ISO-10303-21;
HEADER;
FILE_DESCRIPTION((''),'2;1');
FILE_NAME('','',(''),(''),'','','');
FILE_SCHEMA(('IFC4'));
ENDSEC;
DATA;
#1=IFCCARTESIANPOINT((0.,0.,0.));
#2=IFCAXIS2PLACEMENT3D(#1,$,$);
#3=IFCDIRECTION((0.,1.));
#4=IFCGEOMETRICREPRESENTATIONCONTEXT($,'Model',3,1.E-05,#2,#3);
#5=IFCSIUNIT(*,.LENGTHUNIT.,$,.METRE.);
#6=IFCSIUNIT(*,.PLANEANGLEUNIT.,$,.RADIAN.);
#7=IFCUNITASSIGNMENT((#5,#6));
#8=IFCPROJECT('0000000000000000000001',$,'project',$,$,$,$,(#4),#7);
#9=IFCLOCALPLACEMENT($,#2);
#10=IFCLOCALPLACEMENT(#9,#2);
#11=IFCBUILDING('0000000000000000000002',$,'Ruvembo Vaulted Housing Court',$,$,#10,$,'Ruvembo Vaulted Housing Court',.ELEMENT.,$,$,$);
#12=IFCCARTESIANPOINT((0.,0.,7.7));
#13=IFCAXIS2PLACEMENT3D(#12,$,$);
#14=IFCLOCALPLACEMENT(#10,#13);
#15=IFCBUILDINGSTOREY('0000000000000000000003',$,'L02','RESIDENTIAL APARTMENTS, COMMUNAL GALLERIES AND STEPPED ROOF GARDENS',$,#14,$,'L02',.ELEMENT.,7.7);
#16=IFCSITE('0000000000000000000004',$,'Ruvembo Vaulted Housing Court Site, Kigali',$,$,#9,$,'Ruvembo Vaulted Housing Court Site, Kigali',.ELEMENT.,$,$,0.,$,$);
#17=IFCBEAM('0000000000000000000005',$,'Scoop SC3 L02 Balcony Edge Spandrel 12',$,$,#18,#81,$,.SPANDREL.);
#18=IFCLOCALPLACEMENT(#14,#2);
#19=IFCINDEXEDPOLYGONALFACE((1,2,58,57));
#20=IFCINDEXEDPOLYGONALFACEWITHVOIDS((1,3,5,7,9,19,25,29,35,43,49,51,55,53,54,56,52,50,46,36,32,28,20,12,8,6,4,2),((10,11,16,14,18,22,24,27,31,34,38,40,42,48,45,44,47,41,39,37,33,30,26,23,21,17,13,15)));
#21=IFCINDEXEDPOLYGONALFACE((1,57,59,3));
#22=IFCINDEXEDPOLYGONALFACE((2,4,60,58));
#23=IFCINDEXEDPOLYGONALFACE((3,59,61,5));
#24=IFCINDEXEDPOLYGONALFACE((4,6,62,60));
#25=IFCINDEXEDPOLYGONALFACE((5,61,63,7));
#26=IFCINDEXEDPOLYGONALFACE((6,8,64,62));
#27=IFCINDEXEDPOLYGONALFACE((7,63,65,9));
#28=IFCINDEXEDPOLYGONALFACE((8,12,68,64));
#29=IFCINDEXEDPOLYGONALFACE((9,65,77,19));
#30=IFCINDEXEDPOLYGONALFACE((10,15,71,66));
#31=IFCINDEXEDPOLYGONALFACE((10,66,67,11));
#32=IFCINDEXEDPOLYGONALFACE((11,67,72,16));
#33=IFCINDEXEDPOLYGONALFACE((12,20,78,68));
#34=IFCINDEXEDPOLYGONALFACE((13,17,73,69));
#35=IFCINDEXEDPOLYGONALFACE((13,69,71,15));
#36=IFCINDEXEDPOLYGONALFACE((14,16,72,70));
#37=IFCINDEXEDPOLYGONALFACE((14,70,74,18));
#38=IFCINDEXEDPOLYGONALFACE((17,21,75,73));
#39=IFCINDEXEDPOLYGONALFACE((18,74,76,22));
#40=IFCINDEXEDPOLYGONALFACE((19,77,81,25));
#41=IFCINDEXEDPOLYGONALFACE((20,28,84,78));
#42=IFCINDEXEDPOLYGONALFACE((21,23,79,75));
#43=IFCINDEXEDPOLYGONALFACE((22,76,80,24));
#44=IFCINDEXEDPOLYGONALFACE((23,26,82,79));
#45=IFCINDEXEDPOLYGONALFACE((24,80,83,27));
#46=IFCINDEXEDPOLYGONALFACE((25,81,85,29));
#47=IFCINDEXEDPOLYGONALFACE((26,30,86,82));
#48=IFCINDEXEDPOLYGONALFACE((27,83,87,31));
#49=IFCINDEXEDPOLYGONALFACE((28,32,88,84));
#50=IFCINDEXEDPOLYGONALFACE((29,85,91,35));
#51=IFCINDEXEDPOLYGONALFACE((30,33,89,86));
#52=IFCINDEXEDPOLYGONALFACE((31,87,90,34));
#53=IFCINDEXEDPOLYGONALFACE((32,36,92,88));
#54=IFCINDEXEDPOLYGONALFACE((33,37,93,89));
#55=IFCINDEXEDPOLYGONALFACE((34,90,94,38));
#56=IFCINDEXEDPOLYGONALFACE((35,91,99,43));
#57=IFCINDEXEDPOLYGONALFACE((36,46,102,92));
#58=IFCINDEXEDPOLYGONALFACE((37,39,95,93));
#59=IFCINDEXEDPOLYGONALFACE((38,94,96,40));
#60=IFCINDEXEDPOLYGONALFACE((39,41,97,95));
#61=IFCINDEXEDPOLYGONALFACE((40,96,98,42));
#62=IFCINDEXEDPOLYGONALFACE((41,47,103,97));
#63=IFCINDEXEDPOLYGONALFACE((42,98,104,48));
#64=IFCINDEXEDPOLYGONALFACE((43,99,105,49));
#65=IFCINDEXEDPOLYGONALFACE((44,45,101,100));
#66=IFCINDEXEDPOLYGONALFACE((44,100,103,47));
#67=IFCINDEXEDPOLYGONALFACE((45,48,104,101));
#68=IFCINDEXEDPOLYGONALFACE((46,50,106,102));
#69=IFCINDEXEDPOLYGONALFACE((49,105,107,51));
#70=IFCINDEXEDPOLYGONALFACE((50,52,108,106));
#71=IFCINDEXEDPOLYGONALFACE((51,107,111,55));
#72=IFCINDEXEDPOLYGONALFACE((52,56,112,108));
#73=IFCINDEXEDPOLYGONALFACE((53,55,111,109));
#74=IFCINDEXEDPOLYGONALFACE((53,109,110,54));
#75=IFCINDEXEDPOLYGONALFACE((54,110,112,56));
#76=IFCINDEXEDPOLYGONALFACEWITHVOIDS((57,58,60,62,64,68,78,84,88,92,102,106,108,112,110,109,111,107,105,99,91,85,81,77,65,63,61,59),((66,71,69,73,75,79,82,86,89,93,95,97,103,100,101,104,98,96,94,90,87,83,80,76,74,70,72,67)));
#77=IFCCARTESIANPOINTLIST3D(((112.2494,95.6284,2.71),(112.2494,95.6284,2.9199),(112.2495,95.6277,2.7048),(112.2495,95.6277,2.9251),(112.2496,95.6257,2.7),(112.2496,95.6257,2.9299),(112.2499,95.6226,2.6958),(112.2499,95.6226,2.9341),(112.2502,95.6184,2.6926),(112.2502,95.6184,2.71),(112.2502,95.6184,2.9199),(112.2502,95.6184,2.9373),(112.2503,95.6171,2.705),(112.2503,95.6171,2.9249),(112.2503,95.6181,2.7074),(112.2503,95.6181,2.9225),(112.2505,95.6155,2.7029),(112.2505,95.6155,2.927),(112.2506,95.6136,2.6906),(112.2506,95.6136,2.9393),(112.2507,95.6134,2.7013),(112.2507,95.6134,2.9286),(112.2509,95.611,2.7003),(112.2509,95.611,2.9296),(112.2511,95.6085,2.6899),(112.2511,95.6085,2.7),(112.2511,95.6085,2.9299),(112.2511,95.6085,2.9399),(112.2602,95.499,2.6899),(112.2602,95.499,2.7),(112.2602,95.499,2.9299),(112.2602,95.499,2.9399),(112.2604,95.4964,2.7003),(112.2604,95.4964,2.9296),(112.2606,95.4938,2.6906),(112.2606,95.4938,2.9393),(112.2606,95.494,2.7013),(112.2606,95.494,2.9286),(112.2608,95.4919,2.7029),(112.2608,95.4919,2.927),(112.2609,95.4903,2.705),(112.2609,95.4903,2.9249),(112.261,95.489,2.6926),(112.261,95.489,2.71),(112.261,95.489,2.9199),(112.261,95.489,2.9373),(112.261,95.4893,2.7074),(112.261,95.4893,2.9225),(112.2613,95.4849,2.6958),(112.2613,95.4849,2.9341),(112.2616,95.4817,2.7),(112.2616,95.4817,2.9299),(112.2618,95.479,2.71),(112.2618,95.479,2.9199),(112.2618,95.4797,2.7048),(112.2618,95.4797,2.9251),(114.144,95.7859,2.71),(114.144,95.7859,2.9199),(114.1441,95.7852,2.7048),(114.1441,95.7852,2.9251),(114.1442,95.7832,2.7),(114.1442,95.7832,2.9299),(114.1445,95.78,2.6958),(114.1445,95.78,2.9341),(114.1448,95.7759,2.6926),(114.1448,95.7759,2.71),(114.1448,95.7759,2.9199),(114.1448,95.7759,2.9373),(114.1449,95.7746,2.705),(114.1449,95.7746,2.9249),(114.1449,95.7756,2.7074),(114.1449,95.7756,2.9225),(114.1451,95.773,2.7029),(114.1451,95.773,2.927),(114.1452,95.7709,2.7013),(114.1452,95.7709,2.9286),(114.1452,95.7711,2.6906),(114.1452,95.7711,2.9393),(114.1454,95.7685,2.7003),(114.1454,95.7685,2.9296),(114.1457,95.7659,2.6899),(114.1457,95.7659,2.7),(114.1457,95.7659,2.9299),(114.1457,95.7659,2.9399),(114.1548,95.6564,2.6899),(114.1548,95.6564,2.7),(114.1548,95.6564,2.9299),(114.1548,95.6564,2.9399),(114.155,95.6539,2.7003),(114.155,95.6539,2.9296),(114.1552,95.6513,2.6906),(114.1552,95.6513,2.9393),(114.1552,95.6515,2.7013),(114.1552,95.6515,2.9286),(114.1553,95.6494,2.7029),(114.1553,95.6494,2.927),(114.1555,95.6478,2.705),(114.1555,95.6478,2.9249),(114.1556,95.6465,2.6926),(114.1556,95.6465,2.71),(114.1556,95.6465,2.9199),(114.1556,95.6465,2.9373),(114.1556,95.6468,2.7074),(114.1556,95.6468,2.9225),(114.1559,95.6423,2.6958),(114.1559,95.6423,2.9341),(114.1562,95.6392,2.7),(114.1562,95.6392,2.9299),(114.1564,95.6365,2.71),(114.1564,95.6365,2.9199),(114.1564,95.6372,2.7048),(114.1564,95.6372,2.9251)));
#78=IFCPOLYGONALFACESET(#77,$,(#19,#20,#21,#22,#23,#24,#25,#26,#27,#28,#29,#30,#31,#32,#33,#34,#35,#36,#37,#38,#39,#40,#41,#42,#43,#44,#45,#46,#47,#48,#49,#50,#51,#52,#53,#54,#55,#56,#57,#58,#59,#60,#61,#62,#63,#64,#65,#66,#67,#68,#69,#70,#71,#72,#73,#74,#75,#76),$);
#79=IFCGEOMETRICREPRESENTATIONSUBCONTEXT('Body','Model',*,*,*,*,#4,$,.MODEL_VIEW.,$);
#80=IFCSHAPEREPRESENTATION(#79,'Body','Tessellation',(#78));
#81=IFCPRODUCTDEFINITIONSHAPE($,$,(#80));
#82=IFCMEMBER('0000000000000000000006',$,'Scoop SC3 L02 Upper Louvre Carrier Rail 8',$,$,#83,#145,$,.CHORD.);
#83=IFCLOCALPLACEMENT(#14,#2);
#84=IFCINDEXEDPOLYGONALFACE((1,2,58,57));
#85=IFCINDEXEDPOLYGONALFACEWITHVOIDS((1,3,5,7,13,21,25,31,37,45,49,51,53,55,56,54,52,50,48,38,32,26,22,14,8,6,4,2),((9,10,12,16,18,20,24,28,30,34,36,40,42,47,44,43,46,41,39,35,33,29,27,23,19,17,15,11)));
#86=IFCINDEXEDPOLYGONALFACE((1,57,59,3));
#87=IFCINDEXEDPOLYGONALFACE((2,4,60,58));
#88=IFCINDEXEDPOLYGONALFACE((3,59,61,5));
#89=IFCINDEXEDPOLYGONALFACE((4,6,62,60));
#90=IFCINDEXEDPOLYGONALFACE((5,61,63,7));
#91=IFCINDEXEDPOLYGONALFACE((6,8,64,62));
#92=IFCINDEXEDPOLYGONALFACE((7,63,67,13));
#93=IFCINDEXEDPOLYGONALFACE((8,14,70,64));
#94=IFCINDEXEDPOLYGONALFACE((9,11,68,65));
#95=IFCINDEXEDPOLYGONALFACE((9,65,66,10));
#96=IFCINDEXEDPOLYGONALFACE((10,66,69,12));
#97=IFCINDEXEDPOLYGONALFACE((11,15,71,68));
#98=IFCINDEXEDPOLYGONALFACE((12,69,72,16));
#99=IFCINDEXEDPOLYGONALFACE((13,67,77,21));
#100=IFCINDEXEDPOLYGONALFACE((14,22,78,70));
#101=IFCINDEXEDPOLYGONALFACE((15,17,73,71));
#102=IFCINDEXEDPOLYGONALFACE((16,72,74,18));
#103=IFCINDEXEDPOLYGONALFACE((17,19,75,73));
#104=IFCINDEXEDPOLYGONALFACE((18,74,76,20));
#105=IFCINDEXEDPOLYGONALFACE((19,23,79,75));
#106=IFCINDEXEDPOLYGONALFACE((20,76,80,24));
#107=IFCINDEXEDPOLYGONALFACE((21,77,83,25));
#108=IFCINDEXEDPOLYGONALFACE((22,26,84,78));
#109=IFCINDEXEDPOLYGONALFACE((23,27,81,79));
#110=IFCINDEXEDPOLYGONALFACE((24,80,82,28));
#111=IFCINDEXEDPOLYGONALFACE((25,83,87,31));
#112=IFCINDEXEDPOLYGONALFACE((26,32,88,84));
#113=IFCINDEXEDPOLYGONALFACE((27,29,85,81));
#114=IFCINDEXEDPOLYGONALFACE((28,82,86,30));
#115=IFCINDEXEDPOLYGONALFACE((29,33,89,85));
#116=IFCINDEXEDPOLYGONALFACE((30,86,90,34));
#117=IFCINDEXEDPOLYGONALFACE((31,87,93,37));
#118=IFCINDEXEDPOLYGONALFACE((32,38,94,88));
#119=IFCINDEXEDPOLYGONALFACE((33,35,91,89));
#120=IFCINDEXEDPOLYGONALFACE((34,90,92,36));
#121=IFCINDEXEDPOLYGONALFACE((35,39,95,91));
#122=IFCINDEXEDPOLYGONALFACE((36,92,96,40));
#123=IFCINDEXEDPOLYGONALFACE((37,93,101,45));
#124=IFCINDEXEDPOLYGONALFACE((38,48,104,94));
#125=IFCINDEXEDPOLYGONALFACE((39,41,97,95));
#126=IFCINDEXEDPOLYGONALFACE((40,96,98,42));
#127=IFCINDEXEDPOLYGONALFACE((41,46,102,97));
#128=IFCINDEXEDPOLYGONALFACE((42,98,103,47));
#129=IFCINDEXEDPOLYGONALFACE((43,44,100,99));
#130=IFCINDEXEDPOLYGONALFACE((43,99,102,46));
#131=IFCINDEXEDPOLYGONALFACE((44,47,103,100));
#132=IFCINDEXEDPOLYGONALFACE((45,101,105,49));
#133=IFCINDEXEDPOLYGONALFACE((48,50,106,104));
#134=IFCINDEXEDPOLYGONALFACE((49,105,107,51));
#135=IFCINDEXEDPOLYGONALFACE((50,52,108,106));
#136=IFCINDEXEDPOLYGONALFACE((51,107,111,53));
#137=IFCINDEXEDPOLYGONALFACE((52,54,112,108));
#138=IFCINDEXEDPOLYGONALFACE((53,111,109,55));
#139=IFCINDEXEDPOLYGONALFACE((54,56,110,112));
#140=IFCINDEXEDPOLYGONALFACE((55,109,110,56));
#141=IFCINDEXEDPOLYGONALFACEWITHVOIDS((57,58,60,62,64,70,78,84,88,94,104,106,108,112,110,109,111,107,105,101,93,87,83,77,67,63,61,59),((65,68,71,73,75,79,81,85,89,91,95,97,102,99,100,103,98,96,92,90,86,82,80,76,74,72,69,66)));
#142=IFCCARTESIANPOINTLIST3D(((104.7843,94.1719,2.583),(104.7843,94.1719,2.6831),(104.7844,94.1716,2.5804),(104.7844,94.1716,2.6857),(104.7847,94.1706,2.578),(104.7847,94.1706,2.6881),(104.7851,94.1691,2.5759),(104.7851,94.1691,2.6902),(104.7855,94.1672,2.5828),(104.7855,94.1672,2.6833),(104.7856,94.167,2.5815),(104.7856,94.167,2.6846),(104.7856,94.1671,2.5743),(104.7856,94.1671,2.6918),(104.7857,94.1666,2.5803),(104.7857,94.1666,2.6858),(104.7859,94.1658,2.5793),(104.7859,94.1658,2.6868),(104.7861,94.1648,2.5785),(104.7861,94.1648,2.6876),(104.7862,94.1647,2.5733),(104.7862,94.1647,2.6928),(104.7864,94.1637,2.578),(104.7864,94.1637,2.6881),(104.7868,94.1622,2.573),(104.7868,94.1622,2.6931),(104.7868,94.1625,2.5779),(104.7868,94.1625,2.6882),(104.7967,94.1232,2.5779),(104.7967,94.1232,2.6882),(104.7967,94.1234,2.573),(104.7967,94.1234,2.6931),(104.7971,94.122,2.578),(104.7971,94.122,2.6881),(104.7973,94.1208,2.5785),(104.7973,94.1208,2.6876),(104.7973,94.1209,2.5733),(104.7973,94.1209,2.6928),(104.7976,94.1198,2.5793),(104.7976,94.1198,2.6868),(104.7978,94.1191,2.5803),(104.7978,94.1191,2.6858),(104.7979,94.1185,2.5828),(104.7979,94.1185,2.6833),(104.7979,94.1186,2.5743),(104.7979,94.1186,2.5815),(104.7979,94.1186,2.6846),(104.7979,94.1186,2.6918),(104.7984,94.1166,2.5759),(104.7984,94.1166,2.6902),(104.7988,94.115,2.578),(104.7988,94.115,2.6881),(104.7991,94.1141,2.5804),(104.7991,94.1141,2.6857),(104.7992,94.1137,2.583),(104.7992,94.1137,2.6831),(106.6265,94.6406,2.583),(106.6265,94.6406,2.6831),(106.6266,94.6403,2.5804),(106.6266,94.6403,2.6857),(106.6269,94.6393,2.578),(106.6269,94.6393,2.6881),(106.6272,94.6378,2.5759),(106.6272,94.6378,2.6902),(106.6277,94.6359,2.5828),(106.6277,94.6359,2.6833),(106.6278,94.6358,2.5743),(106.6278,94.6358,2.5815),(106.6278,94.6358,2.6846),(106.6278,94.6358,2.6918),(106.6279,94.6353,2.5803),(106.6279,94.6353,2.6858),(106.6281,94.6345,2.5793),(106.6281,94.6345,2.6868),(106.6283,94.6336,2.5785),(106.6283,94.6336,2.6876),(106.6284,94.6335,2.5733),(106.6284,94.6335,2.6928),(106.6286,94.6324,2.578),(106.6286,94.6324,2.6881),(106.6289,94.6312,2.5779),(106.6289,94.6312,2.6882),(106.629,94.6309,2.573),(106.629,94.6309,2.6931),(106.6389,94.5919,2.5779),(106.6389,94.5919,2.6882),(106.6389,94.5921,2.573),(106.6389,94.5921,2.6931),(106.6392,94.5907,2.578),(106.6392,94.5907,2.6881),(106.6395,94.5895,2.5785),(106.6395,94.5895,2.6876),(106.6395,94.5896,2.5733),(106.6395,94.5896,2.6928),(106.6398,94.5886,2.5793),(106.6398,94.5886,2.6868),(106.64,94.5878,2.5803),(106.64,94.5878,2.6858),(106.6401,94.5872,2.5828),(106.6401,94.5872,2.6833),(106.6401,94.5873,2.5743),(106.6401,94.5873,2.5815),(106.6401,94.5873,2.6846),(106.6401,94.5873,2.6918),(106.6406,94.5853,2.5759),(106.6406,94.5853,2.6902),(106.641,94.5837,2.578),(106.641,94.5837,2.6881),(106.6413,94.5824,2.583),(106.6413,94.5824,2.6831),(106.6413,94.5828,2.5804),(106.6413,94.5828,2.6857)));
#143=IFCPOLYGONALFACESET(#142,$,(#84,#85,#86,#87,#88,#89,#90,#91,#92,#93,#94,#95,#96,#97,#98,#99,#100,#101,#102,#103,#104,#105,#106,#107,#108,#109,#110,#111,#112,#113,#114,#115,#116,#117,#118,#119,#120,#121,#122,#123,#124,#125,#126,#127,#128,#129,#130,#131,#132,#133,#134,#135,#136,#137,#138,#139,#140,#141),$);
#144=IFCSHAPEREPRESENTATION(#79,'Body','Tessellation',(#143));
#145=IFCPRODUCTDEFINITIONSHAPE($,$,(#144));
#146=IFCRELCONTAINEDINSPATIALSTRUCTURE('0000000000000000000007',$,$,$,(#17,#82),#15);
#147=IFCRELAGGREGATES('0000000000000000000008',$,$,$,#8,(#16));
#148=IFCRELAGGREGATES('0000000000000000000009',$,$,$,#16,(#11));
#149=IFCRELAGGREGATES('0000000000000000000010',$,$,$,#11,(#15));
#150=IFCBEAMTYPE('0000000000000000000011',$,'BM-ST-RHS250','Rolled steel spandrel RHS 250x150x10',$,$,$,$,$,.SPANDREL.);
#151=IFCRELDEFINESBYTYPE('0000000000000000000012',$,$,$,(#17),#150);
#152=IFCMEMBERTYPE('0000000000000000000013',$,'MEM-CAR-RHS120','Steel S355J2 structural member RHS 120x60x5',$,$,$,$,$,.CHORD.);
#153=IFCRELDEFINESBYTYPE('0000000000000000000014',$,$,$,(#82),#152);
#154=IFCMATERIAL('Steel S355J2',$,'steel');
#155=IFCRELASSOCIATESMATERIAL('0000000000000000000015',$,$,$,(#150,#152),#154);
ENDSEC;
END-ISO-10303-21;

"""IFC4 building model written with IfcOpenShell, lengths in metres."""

from ifc_helpers import new_model, si_unit, direction, frame, origin, origin_2d, place, context, subcontext, project, spatial, hollow_rectangle, extrude, material, material_profile, profile_set, type_object, element, save


model = new_model("IFC4")

# Units and contexts
model_context = context("Model", 3, precision=1e-05, world=origin(), true_north=direction((0.0, 1.0)))
body_context = subcontext(model_context, "Body", "Model", "MODEL_VIEW")
ifc_project = project(units=[si_unit("LENGTHUNIT", "METRE"), si_unit("PLANEANGLEUNIT", "RADIAN")], contexts=[model_context])

# Site, building, storey
site_placement = place(None, origin())
site = spatial("IfcSite", under=ifc_project, at=site_placement, Name="Ruvembo Vaulted Housing Court Site, Kigali", LongName="Ruvembo Vaulted Housing Court Site, Kigali", CompositionType="ELEMENT", RefElevation=0.0)
building_placement = place(site_placement, origin())
building = spatial("IfcBuilding", under=site, at=building_placement, Name="Ruvembo Vaulted Housing Court", LongName="Ruvembo Vaulted Housing Court", CompositionType="ELEMENT")
storey_placement = place(building_placement, frame((0.0, 0.0, 7.7)))
storey = spatial("IfcBuildingStorey", under=building, at=storey_placement, Name="L02", Description="RESIDENTIAL APARTMENTS, COMMUNAL GALLERIES AND STEPPED ROOF GARDENS", LongName="L02", CompositionType="ELEMENT", Elevation=7.7)

# Beam
ifc_material_1 = material(Name="Steel S355J2", Category="steel")
ifc_material_profile_1 = material_profile(ifc_material_1, hollow_rectangle(XDim=0.1499, YDim=0.25, WallThickness=0.01, InnerFilletRadius=0.01, OuterFilletRadius=0.02, at=origin_2d()), Name="RHS 250x150x10")
ifc_profile_set_1 = profile_set([ifc_material_profile_1], Name="Steel S355J2")
beam_type = type_object("IfcBeamType", Name="BM-ST-RHS250", Description="Rolled steel spandrel RHS 250x150x10", PredefinedType="SPANDREL", material=ifc_profile_set_1)
for number, where, z_axis, x_axis, name in (
    (1, (112.2556, 95.5537, 2.8149), (0.996563, 0.082833, 0.0), (-0.082833, 0.996563, 0.0), "Scoop SC3 L02 Balcony Edge Spandrel 12"),
):
    element("IfcBeam", number, at=place(storey_placement, frame(where, z_axis=z_axis, x_axis=x_axis)), inside=storey, type_object=beam_type, Name=name, PredefinedType="SPANDREL", context=body_context, shape_type="SweptSolid", body=[
        extrude(hollow_rectangle(XDim=0.1499, YDim=0.25, WallThickness=0.01, InnerFilletRadius=0.01, OuterFilletRadius=0.02, at=origin_2d()), origin(), (0.0, 0.0, 1.0), 1.9011),
    ])

# Member
ifc_material_profile_2 = material_profile(ifc_material_1, hollow_rectangle(XDim=0.0601, YDim=0.1201, WallThickness=0.0049, InnerFilletRadius=0.0049, OuterFilletRadius=0.01, at=origin_2d()), Name="RHS 120x60x5")
ifc_profile_set_2 = profile_set([ifc_material_profile_2], Name="Steel S355J2")
member_type_1 = type_object("IfcMemberType", Name="MEM-CAR-RHS120", Description="Steel S355J2 structural member RHS 120x60x5", PredefinedType="CHORD", material=ifc_profile_set_2)
member_1_placement = place(storey_placement, frame((104.7917, 94.1428, 2.6331), z_axis=(0.969122, 0.246583, 0.0), x_axis=(-0.246583, 0.969122, 0.0)))
element("IfcMember", 2, at=member_1_placement, inside=storey, type_object=member_type_1, Name="Scoop SC3 L02 Upper Louvre Carrier Rail 8", PredefinedType="CHORD", context=body_context, shape_type="SweptSolid", body=[
    extrude(hollow_rectangle(XDim=0.0601, YDim=0.1201, WallThickness=0.0049, InnerFilletRadius=0.0049, OuterFilletRadius=0.01, at=origin_2d()), origin(), (0.0, 0.0, 1.0), 1.9009),
])

save(model, "model.ifc")
